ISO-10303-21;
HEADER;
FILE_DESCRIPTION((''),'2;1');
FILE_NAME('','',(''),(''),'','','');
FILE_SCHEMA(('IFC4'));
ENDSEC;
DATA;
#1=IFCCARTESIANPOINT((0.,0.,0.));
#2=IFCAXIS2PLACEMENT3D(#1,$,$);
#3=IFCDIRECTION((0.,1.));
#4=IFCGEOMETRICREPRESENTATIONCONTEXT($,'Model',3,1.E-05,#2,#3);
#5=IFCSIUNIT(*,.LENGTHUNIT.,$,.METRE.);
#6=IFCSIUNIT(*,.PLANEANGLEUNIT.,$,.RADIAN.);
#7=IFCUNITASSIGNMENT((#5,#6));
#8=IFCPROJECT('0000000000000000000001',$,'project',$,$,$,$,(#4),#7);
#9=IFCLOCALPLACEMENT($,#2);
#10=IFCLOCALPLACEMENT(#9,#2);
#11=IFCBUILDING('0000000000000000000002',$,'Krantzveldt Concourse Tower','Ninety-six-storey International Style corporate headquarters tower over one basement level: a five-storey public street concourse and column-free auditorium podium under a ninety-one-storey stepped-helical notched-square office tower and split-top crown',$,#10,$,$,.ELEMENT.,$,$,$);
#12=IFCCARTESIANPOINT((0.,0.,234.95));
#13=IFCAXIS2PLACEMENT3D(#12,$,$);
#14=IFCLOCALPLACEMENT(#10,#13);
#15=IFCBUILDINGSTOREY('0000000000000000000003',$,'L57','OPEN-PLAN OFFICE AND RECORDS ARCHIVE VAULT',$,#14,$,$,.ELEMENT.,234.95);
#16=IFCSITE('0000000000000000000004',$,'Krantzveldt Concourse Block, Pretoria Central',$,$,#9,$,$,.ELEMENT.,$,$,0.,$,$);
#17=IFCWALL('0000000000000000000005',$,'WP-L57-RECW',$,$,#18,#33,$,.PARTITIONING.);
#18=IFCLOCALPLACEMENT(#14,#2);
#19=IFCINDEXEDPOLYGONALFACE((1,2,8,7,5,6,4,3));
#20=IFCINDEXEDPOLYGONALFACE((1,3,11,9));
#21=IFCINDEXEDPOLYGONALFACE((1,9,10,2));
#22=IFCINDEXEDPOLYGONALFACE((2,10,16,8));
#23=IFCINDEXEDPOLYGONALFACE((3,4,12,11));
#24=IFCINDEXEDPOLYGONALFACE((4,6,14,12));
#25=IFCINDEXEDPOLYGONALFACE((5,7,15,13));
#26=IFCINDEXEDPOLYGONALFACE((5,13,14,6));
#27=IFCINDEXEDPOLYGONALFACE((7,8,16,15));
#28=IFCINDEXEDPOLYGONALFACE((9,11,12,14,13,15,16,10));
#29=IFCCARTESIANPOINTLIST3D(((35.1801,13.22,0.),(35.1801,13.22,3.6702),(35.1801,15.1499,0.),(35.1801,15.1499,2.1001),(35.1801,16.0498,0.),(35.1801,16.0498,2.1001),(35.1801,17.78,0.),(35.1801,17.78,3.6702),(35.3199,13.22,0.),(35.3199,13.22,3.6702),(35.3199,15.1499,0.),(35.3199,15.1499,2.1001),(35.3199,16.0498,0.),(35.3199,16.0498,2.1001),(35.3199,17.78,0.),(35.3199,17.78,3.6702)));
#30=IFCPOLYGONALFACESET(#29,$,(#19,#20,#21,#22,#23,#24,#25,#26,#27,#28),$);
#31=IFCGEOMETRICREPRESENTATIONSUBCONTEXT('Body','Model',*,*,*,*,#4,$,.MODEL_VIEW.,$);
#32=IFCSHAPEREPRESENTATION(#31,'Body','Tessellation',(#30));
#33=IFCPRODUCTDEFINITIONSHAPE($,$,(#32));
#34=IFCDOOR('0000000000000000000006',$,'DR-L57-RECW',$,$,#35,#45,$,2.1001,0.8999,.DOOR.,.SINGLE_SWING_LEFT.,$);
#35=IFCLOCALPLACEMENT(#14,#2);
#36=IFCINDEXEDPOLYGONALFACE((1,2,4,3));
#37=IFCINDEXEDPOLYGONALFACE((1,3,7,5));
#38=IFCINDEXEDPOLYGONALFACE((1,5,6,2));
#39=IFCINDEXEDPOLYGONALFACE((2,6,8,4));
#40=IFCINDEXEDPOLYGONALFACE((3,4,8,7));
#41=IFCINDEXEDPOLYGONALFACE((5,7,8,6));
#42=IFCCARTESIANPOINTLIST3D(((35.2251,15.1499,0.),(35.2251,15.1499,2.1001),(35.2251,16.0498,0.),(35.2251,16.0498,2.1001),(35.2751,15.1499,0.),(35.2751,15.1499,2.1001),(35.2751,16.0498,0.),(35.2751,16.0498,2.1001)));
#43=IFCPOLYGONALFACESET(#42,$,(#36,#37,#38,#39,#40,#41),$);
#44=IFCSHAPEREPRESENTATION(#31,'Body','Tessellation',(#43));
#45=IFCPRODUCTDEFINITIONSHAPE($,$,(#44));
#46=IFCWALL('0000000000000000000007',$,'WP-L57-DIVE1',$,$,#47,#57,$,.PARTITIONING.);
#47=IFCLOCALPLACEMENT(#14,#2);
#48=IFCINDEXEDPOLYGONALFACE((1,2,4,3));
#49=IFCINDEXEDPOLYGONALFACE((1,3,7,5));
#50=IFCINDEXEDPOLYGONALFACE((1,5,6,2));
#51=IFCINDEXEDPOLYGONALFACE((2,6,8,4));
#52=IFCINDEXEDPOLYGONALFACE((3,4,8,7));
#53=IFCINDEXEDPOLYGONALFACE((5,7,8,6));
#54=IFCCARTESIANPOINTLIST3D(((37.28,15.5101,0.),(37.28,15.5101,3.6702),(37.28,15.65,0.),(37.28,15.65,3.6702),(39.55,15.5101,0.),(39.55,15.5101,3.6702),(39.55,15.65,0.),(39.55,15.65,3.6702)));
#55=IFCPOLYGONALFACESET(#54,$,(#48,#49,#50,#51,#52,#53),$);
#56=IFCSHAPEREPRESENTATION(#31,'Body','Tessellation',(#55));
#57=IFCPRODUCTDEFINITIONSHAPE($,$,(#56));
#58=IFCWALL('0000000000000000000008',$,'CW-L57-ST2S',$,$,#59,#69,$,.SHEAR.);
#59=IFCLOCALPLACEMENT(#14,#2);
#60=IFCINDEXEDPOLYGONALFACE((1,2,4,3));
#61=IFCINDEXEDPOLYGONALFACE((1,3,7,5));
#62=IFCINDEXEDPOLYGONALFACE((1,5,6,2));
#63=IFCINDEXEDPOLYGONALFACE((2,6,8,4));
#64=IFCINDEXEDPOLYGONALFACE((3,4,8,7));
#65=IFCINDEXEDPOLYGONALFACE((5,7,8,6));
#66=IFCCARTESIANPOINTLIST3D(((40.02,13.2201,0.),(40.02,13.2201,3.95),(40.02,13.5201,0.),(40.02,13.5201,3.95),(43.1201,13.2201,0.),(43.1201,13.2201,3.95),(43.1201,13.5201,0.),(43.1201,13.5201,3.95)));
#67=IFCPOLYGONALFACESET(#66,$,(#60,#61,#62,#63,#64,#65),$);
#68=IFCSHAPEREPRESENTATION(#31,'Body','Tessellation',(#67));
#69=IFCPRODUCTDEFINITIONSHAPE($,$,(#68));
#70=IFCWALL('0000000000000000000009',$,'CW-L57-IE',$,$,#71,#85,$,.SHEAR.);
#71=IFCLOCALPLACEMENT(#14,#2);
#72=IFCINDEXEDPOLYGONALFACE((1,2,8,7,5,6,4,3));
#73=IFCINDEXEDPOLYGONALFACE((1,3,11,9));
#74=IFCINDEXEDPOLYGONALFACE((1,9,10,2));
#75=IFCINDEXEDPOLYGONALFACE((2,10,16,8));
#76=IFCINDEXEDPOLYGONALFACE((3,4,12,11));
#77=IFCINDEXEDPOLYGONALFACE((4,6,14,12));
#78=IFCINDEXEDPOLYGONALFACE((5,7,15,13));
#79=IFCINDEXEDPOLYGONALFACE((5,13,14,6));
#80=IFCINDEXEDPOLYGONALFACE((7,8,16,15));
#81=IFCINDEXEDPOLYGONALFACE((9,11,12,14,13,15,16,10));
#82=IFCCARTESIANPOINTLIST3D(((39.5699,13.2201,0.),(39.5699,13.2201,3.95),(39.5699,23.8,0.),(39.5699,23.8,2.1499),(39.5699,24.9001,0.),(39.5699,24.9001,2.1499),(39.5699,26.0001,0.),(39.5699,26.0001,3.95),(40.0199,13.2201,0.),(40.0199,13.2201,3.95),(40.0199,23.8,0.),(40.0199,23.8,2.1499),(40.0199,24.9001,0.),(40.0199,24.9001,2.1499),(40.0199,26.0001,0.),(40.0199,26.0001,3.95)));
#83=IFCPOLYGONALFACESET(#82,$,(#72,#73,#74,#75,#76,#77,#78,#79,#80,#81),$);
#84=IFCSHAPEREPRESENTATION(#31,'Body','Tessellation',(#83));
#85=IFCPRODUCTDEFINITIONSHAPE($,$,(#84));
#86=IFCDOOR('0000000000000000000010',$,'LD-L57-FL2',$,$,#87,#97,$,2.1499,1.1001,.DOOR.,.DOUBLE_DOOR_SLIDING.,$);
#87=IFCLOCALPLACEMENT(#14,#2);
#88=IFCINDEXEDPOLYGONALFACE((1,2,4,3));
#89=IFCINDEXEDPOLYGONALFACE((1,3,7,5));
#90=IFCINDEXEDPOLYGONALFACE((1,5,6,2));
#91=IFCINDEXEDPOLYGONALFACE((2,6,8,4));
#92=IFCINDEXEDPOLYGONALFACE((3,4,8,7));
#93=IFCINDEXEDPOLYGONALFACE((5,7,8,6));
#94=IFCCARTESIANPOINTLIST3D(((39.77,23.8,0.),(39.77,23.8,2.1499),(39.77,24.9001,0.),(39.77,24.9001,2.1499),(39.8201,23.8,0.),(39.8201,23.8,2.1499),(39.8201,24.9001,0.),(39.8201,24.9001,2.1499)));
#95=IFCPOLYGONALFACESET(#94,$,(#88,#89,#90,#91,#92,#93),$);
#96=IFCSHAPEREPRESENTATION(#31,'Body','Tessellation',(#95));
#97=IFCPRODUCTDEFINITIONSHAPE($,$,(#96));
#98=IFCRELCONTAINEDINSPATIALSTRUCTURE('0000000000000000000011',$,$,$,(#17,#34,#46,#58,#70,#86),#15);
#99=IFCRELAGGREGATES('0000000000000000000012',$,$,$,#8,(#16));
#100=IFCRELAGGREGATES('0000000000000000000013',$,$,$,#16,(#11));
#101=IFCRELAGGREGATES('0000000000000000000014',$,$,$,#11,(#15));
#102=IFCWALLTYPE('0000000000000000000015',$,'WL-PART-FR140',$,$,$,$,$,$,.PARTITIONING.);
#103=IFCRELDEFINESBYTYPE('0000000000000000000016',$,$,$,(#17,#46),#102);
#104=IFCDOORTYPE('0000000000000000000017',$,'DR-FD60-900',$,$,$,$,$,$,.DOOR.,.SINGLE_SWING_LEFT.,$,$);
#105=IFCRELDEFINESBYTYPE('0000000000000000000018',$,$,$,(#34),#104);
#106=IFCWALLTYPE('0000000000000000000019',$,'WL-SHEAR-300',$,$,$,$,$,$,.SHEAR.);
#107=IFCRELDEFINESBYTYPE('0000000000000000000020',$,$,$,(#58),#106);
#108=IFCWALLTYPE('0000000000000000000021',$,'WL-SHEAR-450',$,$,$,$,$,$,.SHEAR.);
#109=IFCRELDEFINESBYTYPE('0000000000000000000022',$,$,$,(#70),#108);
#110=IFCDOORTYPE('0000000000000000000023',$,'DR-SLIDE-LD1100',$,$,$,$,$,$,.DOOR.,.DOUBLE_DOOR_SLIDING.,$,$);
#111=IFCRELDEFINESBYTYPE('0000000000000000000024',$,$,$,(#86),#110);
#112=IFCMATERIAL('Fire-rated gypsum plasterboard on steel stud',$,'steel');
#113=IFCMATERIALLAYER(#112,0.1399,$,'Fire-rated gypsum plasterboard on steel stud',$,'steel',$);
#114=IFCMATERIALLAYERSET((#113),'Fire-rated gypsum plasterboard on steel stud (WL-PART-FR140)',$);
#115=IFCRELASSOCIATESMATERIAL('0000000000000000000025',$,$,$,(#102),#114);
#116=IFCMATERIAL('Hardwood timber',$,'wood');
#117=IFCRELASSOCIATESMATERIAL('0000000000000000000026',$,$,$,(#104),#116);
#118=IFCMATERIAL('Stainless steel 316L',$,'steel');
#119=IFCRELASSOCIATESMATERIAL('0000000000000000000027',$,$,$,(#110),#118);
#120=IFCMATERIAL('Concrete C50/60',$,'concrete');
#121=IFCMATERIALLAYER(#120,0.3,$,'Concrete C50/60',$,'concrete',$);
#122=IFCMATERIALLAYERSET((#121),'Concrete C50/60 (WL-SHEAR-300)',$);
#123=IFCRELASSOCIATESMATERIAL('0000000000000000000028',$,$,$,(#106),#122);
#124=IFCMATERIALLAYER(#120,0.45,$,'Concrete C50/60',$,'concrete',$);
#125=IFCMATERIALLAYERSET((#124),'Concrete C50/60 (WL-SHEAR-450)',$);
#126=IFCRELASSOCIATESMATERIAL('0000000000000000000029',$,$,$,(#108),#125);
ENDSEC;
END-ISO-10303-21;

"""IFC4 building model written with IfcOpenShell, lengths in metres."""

from ifc_helpers import new_model, si_unit, direction, frame, frame_2d, origin, place, context, subcontext, project, spatial, rectangle, extrude, material, layer, layer_set, type_object, element, fill, save


model = new_model("IFC4")

# Units and contexts
model_context = context("Model", 3, precision=1e-05, world=origin(), true_north=direction((0.0, 1.0)))
body_context = subcontext(model_context, "Body", "Model", "MODEL_VIEW")
ifc_project = project(units=[si_unit("LENGTHUNIT", "METRE"), si_unit("PLANEANGLEUNIT", "RADIAN")], contexts=[model_context])

# Site, building, storey
site_placement = place(None, origin())
site = spatial("IfcSite", under=ifc_project, at=site_placement, Name="Krantzveldt Concourse Block, Pretoria Central", CompositionType="ELEMENT", RefElevation=0.0)
building_placement = place(site_placement, origin())
building = spatial("IfcBuilding", under=site, at=building_placement, Name="Krantzveldt Concourse Tower", Description="Ninety-six-storey International Style corporate headquarters tower over one basement level: a five-storey public street concourse and column-free auditorium podium under a ninety-one-storey stepped-helical notched-square office tower and split-top crown", CompositionType="ELEMENT")
storey_placement = place(building_placement, frame((0.0, 0.0, 234.95)))
storey = spatial("IfcBuildingStorey", under=building, at=storey_placement, Name="L57", Description="OPEN-PLAN OFFICE AND RECORDS ARCHIVE VAULT", CompositionType="ELEMENT", Elevation=234.95)

# Shared definitions
ifc_material_1 = material(Name="Fire-rated gypsum plasterboard on steel stud", Category="steel")
ifc_material_2 = material(Name="Hardwood timber", Category="wood")

# Wall, opening, door
ifc_layer_1 = layer(ifc_material_1, 0.1399, Name="Fire-rated gypsum plasterboard on steel stud", Category="steel")
ifc_layer_set_1 = layer_set([ifc_layer_1], Name="Fire-rated gypsum plasterboard on steel stud (WL-PART-FR140)")
wall_type_1 = type_object("IfcWallType", Name="WL-PART-FR140", PredefinedType="PARTITIONING", material=ifc_layer_set_1)
wall_1_placement = place(storey_placement, frame((35.25, 13.22, 0.0), z_axis=(0.0, 0.0, 1.0), x_axis=(0.0, 1.0, 0.0)))
wall_1 = element("IfcWall", 1, at=wall_1_placement, inside=storey, type_object=wall_type_1, Name="WP-L57-RECW", PredefinedType="PARTITIONING", context=body_context, shape_type="SweptSolid", body=[
    extrude(rectangle(XDim=4.5601, YDim=0.1399, at=frame_2d((2.28, 0.0))), origin(), (0.0, 0.0, 1.0), 3.6702),
])
opening_1_placement = place(wall_1_placement, frame((1.9299, 0.0, 0.0)))
opening_1 = element("IfcOpeningElement", 2, at=opening_1_placement, cuts=wall_1, PredefinedType="OPENING", context=body_context, shape_type="SweptSolid", body=[
    extrude(rectangle(XDim=0.8999, YDim=2.1001, at=frame_2d((0.45, 1.05))), frame((0.0, 0.0801, 0.0), z_axis=(0.0, -1.0, 0.0), x_axis=(1.0, 0.0, 0.0)), (0.0, 0.0, 1.0), 0.1599),
])
door_type_1 = type_object("IfcDoorType", Name="DR-FD60-900", OperationType="SINGLE_SWING_LEFT", PredefinedType="DOOR", material=ifc_material_2)
door_1_placement = place(opening_1_placement, origin())
door_1 = element("IfcDoor", 3, at=door_1_placement, inside=storey, type_object=door_type_1, Name="DR-L57-RECW", OperationType="SINGLE_SWING_LEFT", OverallHeight=2.1001, OverallWidth=0.8999, PredefinedType="DOOR", context=body_context, shape_type="SweptSolid", body=[
    extrude(rectangle(XDim=0.8999, YDim=2.1001, at=frame_2d((0.45, 1.05))), frame((0.0, 0.0249, 0.0), z_axis=(0.0, -1.0, 0.0), x_axis=(1.0, 0.0, 0.0)), (0.0, 0.0, 1.0), 0.05),
])
fill(opening_1, door_1)

# Shared definitions
ifc_material_3 = material(Name="Stainless steel 316L", Category="steel")
door_type_2 = type_object("IfcDoorType", Name="DR-SLIDE-LD1100", OperationType="DOUBLE_DOOR_SLIDING", PredefinedType="DOOR", material=ifc_material_3)

# Walls
wall_2_placement = place(storey_placement, frame((37.28, 15.5801, 0.0), z_axis=(0.0, 0.0, 1.0), x_axis=(1.0, 0.0, 0.0)))
element("IfcWall", 4, at=wall_2_placement, inside=storey, type_object=wall_type_1, Name="WP-L57-DIVE1", PredefinedType="PARTITIONING", context=body_context, shape_type="SweptSolid", body=[
    extrude(rectangle(XDim=2.27, YDim=0.1399, at=frame_2d((1.135, 0.0))), origin(), (0.0, 0.0, 1.0), 3.6702),
])
ifc_material_4 = material(Name="Concrete C50/60", Category="concrete")
ifc_layer_2 = layer(ifc_material_4, 0.3, Name="Concrete C50/60", Category="concrete")
ifc_layer_set_2 = layer_set([ifc_layer_2], Name="Concrete C50/60 (WL-SHEAR-300)")
wall_type_2 = type_object("IfcWallType", Name="WL-SHEAR-300", PredefinedType="SHEAR", material=ifc_layer_set_2)
wall_3_placement = place(storey_placement, frame((40.02, 13.3701, 0.0), z_axis=(0.0, 0.0, 1.0), x_axis=(1.0, 0.0, 0.0)))
element("IfcWall", 5, at=wall_3_placement, inside=storey, type_object=wall_type_2, Name="CW-L57-ST2S", PredefinedType="SHEAR", context=body_context, shape_type="SweptSolid", body=[
    extrude(rectangle(XDim=3.1001, YDim=0.3, at=frame_2d((1.55, 0.0))), origin(), (0.0, 0.0, 1.0), 3.95),
])

# Wall, opening, door
ifc_layer_3 = layer(ifc_material_4, 0.45, Name="Concrete C50/60", Category="concrete")
ifc_layer_set_3 = layer_set([ifc_layer_3], Name="Concrete C50/60 (WL-SHEAR-450)")
wall_type_3 = type_object("IfcWallType", Name="WL-SHEAR-450", PredefinedType="SHEAR", material=ifc_layer_set_3)
wall_4_placement = place(storey_placement, frame((39.7949, 13.22, 0.0), z_axis=(0.0, 0.0, 1.0), x_axis=(0.0, 1.0, 0.0)))
wall_4 = element("IfcWall", 6, at=wall_4_placement, inside=storey, type_object=wall_type_3, Name="CW-L57-IE", PredefinedType="SHEAR", context=body_context, shape_type="SweptSolid", body=[
    extrude(rectangle(XDim=12.78, YDim=0.45, at=frame_2d((6.3901, 0.0))), origin(), (0.0, 0.0, 1.0), 3.95),
])
opening_2_placement = place(wall_4_placement, frame((10.5801, 0.0, 0.0)))
opening_2 = element("IfcOpeningElement", 7, at=opening_2_placement, cuts=wall_4, PredefinedType="OPENING", context=body_context, shape_type="SweptSolid", body=[
    extrude(rectangle(XDim=1.1001, YDim=2.1499, at=frame_2d((0.55, 1.075))), frame((0.0, 0.2349, 0.0), z_axis=(0.0, -1.0, 0.0), x_axis=(1.0, 0.0, 0.0)), (0.0, 0.0, 1.0), 0.47),
])
door_2_placement = place(opening_2_placement, origin())
door_2 = element("IfcDoor", 8, at=door_2_placement, inside=storey, type_object=door_type_2, Name="LD-L57-FL2", OperationType="DOUBLE_DOOR_SLIDING", OverallHeight=2.1499, OverallWidth=1.1001, PredefinedType="DOOR", context=body_context, shape_type="SweptSolid", body=[
    extrude(rectangle(XDim=1.1001, YDim=2.1499, at=frame_2d((0.55, 1.075))), frame((0.0, 0.0249, 0.0), z_axis=(0.0, -1.0, 0.0), x_axis=(1.0, 0.0, 0.0)), (0.0, 0.0, 1.0), 0.05),
])
fill(opening_2, door_2)

save(model, "model.ifc")
